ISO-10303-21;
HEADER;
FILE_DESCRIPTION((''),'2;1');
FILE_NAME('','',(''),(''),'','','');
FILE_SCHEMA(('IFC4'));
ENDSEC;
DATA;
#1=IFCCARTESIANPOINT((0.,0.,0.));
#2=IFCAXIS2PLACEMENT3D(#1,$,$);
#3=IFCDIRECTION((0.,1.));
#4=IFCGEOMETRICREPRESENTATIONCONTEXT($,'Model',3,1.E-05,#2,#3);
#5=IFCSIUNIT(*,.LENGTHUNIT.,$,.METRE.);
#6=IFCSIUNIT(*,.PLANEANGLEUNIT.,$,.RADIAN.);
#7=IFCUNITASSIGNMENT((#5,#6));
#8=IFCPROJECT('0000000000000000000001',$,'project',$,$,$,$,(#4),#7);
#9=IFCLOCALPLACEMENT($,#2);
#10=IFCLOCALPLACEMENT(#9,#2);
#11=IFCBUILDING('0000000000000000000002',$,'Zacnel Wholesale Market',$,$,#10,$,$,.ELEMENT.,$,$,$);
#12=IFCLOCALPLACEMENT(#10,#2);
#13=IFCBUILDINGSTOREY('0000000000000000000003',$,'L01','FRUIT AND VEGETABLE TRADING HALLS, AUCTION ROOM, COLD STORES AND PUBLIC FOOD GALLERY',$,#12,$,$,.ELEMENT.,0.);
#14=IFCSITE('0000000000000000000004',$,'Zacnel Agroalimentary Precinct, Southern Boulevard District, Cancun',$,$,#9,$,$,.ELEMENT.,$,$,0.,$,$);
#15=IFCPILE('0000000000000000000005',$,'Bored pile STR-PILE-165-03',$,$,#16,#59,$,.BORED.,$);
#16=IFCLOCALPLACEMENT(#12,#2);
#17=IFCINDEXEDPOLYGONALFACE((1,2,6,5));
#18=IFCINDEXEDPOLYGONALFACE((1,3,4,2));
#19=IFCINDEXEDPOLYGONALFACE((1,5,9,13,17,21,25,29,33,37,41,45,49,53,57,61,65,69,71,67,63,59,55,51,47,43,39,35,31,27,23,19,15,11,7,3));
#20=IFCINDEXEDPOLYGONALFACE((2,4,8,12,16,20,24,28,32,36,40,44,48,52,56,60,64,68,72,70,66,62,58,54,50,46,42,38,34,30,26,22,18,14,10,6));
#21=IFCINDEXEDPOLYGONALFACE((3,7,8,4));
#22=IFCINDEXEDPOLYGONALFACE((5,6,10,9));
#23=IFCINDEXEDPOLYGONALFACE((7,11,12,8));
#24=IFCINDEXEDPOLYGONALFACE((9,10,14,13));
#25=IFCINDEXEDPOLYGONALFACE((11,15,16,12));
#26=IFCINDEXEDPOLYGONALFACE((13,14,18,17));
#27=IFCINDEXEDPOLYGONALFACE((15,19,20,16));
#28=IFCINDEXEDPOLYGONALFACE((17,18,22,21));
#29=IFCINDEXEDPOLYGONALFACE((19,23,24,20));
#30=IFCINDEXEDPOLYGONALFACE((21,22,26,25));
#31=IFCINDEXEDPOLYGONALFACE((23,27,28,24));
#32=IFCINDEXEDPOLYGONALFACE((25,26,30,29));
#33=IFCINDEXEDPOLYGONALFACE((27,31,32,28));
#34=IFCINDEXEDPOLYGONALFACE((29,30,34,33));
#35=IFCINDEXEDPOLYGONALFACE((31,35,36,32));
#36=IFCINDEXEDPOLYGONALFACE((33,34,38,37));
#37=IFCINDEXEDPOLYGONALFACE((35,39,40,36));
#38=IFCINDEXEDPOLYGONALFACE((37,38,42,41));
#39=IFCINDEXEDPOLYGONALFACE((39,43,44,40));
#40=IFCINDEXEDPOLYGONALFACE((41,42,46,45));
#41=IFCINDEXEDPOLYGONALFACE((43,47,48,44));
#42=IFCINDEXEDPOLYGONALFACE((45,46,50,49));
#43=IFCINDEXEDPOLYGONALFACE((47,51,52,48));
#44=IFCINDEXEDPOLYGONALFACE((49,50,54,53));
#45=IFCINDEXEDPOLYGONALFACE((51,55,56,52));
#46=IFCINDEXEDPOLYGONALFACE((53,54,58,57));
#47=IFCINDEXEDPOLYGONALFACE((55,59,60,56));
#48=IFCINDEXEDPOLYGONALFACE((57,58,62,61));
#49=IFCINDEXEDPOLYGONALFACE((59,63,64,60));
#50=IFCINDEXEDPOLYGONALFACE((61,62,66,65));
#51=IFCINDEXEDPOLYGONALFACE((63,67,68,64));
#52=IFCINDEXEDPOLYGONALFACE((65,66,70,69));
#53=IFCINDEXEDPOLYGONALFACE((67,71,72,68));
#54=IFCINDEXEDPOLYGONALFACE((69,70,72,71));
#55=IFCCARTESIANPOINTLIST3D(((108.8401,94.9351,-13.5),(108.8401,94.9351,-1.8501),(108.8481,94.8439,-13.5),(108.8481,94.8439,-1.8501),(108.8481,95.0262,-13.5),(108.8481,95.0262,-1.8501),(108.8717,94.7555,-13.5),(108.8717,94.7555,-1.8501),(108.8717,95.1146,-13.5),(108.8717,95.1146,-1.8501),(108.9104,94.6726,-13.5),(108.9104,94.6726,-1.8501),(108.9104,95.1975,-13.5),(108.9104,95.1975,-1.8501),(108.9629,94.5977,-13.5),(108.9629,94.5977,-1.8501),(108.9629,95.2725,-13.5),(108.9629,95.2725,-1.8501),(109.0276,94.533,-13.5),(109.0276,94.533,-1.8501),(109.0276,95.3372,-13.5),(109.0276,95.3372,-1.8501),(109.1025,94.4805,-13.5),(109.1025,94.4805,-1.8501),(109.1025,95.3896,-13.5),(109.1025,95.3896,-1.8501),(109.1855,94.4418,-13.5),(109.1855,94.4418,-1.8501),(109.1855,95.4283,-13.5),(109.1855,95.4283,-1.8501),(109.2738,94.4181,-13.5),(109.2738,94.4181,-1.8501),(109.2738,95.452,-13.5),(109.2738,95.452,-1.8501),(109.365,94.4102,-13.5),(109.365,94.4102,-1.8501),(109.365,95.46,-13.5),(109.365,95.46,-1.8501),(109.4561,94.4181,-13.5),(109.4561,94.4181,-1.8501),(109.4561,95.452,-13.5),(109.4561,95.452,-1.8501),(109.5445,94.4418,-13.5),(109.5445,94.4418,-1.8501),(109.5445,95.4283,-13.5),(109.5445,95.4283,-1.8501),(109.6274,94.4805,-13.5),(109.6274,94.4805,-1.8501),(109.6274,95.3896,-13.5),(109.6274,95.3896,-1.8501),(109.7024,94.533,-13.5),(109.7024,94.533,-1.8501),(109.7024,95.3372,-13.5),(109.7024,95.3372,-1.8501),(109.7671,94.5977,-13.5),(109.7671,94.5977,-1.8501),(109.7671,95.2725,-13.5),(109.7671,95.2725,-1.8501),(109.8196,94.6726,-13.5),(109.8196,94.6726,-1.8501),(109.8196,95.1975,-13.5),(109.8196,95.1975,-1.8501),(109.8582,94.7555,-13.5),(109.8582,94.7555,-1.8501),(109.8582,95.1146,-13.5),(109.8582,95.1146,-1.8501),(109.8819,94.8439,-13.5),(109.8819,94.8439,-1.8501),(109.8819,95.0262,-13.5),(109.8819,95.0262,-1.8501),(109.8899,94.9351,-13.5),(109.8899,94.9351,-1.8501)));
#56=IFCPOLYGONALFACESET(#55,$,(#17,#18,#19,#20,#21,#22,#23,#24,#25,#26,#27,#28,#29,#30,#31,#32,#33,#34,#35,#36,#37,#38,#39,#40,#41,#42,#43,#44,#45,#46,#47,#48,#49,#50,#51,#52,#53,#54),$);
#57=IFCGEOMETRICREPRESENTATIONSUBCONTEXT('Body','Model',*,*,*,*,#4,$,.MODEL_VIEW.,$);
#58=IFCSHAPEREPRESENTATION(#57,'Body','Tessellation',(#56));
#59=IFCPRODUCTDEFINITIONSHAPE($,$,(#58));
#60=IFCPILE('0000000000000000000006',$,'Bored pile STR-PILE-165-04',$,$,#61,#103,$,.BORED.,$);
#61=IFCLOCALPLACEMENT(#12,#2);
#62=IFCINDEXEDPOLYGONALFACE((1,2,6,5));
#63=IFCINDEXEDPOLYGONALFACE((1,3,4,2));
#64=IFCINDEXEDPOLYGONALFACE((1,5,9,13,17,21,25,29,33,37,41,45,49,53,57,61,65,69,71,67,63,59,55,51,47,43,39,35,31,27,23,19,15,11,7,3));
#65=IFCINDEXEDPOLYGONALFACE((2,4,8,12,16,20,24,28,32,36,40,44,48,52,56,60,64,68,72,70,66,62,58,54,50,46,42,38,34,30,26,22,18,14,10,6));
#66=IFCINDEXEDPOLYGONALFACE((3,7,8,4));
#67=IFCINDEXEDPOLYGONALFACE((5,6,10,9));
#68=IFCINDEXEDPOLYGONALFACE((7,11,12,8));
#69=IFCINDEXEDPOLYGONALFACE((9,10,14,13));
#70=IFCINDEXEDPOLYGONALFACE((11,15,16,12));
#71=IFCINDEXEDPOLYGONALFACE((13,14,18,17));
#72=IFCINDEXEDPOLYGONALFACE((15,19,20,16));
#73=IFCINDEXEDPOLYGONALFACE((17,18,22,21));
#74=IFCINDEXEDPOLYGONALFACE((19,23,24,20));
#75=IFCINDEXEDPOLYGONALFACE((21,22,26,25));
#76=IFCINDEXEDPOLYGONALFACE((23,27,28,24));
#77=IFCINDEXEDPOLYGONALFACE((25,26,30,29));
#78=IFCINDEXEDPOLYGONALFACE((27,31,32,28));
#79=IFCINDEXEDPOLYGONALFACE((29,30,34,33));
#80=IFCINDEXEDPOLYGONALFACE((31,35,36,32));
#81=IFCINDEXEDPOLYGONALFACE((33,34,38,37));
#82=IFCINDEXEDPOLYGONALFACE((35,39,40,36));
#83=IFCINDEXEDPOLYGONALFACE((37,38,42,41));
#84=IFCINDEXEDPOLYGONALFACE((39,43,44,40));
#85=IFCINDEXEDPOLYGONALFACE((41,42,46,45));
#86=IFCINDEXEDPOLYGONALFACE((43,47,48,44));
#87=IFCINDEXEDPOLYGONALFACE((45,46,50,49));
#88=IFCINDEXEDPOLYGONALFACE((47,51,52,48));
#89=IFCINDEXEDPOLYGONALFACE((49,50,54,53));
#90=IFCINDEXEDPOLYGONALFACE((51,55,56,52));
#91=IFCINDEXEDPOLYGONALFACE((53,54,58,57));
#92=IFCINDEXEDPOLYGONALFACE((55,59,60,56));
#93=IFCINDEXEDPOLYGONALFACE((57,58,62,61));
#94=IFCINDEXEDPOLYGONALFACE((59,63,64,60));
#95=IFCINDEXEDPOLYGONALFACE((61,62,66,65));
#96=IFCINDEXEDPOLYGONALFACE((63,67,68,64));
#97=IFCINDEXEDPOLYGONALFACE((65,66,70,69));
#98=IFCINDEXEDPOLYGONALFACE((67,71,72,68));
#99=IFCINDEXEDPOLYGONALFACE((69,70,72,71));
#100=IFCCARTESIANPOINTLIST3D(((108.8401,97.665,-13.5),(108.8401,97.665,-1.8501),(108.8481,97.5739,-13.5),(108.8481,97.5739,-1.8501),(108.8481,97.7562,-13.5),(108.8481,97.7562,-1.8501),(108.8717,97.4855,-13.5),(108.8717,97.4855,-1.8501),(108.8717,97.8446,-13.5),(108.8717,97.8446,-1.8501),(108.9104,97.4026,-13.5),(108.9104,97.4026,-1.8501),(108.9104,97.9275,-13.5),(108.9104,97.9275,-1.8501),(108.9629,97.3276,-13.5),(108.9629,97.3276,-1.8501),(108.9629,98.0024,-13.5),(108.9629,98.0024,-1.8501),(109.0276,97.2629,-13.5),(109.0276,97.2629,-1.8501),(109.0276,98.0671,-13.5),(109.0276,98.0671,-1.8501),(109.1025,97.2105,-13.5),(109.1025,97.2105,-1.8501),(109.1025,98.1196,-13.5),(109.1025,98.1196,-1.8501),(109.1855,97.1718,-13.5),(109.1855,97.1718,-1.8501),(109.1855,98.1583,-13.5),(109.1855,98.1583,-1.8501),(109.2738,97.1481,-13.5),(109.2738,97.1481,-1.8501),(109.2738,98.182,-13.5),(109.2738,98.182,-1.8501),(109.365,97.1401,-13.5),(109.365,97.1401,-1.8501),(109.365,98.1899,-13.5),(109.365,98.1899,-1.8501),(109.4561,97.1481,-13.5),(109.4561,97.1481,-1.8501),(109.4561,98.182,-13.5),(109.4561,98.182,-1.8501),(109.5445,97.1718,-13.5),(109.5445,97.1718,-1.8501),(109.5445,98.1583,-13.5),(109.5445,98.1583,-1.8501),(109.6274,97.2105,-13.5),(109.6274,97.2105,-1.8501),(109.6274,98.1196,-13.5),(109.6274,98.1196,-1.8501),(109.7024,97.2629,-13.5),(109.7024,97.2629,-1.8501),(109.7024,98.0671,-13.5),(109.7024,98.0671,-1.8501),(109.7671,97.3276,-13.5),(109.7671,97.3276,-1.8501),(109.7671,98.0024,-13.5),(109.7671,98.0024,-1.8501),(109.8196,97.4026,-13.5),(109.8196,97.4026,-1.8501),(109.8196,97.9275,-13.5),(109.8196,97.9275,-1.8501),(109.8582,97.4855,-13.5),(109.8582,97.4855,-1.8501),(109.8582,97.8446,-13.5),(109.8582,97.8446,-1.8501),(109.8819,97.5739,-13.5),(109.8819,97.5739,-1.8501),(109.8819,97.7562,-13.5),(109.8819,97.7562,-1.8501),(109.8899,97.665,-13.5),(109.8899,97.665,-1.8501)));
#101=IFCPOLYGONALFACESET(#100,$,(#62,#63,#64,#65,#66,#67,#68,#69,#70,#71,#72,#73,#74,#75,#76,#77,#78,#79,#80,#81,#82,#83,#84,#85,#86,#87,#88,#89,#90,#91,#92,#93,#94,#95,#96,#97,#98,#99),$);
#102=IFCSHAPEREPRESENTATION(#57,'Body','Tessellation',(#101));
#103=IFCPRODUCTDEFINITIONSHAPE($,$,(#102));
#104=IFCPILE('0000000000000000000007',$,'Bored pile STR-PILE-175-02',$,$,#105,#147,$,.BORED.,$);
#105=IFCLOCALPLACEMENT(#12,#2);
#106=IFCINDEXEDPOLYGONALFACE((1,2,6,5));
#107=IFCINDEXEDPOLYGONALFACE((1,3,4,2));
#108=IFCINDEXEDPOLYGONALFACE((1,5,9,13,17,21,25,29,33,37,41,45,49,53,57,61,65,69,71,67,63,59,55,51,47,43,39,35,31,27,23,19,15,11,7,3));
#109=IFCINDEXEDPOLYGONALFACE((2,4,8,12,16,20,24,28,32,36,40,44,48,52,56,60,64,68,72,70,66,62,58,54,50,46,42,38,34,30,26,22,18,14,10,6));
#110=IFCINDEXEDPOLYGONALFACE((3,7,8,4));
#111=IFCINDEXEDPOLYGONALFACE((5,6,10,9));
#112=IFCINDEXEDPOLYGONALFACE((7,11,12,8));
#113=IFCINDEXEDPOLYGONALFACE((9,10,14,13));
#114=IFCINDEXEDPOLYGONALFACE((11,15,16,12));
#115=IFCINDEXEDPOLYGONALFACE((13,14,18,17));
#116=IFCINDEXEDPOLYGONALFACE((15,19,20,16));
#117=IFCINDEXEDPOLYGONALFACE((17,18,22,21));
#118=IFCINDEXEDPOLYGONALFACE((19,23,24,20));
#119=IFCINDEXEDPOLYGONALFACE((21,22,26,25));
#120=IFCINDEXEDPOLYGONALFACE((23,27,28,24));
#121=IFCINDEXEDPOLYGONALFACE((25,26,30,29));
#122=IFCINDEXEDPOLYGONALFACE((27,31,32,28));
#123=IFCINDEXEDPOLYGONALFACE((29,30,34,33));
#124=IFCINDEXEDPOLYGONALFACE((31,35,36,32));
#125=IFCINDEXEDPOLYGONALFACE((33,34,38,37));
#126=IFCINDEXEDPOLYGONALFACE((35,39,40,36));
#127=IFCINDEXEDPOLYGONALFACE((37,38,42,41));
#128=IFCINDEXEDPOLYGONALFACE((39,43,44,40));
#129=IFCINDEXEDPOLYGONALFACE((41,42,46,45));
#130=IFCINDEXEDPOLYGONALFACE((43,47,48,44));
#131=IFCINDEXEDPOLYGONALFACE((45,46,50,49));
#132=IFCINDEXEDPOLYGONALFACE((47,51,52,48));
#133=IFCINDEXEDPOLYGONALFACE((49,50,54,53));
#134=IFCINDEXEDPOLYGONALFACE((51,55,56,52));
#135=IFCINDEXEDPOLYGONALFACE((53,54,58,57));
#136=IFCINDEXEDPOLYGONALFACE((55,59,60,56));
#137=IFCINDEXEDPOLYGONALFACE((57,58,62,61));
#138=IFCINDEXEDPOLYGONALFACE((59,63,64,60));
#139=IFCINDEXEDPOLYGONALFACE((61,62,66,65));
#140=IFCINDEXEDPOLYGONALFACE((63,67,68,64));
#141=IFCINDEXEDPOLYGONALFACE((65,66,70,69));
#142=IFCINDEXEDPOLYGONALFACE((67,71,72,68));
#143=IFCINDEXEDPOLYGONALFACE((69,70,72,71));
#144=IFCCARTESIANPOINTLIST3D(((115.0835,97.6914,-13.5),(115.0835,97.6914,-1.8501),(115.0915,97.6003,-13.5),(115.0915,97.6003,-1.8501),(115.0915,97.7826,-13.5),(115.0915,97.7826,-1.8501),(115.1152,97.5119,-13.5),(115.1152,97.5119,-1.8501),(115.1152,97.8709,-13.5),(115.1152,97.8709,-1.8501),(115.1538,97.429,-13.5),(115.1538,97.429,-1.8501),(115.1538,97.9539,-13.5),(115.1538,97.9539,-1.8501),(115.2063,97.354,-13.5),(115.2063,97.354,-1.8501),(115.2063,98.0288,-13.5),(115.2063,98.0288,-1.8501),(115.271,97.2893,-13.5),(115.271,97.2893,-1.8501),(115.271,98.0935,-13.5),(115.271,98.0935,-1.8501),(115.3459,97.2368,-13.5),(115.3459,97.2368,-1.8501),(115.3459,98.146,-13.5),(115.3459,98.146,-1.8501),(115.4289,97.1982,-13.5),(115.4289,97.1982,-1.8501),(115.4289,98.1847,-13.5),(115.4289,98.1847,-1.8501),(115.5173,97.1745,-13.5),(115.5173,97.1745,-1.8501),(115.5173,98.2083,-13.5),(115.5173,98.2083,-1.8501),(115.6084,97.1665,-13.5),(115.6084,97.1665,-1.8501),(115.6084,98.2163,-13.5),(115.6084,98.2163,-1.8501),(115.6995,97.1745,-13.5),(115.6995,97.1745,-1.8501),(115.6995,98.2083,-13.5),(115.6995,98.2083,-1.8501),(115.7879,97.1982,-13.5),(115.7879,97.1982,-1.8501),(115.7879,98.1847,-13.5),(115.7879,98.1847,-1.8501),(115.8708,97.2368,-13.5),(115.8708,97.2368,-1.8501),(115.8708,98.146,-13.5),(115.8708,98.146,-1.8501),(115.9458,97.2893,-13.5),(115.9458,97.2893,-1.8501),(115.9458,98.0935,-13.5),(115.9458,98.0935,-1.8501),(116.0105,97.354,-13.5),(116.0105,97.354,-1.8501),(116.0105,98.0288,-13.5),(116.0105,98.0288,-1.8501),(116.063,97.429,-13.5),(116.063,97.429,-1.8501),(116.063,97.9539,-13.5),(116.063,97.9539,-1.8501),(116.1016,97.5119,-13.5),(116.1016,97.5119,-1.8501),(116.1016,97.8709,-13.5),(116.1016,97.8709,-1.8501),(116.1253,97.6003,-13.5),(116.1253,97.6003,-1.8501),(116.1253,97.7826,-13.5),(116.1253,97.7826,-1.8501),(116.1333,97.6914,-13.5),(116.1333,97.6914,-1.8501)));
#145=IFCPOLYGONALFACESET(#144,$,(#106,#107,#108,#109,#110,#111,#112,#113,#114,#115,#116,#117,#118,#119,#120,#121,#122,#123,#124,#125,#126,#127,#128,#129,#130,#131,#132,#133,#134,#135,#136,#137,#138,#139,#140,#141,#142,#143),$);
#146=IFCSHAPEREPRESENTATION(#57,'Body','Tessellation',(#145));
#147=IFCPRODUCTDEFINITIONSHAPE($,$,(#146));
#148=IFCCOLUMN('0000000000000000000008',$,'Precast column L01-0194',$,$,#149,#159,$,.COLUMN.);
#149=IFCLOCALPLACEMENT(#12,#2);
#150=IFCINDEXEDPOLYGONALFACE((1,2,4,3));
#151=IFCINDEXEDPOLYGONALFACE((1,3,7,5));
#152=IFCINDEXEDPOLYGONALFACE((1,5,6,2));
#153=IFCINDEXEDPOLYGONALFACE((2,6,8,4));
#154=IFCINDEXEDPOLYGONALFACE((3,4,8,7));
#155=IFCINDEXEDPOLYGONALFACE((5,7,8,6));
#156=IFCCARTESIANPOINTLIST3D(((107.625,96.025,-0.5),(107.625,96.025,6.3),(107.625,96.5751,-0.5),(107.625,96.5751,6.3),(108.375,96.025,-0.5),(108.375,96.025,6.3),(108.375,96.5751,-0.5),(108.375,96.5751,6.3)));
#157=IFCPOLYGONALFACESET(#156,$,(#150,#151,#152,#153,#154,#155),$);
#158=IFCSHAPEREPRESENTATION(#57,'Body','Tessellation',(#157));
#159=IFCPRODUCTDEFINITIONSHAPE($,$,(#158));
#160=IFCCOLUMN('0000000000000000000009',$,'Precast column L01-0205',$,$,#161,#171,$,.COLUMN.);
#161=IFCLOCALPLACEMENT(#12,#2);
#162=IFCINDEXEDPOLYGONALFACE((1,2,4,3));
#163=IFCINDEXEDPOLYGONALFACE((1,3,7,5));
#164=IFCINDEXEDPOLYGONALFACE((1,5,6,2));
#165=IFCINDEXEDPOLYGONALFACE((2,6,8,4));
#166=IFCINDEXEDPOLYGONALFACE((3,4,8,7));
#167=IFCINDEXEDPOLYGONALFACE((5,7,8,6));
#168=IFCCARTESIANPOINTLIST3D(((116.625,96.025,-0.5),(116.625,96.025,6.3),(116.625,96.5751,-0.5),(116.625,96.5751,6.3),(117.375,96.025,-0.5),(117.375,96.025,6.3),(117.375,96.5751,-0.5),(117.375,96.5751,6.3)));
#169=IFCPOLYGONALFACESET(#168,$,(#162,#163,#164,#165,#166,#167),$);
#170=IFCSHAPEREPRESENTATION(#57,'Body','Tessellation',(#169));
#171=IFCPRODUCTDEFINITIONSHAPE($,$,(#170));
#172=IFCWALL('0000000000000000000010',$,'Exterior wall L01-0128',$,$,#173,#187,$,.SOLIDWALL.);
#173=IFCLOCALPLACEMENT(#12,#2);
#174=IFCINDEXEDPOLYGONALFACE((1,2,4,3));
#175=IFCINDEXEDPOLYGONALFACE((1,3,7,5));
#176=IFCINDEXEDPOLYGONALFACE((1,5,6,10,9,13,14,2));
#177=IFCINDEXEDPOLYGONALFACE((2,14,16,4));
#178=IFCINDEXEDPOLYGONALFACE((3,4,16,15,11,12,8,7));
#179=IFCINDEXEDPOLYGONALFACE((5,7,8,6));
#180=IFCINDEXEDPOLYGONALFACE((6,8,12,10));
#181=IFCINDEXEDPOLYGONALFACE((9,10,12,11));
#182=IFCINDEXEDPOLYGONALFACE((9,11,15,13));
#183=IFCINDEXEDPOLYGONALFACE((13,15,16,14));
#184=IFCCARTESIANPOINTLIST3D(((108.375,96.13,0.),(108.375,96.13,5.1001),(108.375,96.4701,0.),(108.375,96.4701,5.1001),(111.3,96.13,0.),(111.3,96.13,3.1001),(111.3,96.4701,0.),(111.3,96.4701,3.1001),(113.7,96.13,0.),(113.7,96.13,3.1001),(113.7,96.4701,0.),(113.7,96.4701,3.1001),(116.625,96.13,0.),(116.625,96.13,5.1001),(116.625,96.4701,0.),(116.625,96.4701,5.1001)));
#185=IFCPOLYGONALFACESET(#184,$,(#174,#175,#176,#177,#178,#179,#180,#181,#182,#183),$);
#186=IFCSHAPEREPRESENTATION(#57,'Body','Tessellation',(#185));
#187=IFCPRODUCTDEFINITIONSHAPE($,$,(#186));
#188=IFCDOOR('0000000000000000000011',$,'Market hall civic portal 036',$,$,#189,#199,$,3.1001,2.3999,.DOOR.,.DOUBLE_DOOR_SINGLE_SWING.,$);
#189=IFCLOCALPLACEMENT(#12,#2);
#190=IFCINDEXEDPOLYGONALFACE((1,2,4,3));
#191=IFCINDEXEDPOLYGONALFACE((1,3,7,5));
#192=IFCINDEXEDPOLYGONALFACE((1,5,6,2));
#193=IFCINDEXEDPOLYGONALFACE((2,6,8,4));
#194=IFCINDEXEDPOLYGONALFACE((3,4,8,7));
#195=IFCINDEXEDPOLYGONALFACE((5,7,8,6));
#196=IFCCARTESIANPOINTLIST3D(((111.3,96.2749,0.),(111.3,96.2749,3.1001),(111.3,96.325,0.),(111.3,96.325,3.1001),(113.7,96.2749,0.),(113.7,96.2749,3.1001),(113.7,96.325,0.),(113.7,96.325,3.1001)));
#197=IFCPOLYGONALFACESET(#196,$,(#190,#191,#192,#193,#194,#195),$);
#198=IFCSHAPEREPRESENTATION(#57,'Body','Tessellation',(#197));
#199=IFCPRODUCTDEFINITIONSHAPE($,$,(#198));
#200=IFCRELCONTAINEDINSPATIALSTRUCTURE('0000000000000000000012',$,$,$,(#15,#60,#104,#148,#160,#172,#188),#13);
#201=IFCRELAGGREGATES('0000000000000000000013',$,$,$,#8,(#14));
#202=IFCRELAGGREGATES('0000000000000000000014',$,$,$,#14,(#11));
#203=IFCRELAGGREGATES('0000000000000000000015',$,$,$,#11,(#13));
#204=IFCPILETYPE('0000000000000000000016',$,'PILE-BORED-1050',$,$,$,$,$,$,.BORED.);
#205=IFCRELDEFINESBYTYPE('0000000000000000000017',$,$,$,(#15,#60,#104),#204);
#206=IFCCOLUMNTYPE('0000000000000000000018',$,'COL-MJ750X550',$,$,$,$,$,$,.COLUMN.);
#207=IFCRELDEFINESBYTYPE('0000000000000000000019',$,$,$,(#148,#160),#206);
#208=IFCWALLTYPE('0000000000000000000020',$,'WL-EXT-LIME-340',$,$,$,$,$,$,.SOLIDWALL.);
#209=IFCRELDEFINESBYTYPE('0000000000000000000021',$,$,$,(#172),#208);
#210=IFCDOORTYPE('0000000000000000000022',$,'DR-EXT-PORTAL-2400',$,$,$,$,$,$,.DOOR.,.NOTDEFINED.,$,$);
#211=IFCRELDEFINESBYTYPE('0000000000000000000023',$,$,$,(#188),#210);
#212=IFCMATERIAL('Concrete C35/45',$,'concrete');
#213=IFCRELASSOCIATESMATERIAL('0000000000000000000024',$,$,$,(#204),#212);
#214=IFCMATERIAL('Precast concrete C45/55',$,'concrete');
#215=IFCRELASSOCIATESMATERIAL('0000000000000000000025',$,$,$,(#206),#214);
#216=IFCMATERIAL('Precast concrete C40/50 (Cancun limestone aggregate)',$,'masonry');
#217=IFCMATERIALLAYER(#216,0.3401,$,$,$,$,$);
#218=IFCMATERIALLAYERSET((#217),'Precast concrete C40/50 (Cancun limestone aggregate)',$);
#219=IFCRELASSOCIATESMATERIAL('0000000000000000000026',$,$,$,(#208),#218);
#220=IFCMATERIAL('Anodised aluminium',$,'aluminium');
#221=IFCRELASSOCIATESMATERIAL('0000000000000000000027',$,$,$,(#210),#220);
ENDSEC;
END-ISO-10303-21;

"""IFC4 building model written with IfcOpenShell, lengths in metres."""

from ifc_helpers import new_model, si_unit, direction, frame, frame_2d, origin, origin_2d, place, context, subcontext, project, spatial, rectangle, circle, extrude, material, layer, layer_set, material_profile, profile_set, type_object, element, fill, save


model = new_model("IFC4")

# Units and contexts
model_context = context("Model", 3, precision=1e-05, world=origin(), true_north=direction((0.0, 1.0)))
body_context = subcontext(model_context, "Body", "Model", "MODEL_VIEW")
ifc_project = project(units=[si_unit("LENGTHUNIT", "METRE"), si_unit("PLANEANGLEUNIT", "RADIAN")], contexts=[model_context])

# Site, building, storey
site_placement = place(None, origin())
site = spatial("IfcSite", under=ifc_project, at=site_placement, Name="Zacnel Agroalimentary Precinct, Southern Boulevard District, Cancun", CompositionType="ELEMENT", RefElevation=0.0)
building_placement = place(site_placement, origin())
building = spatial("IfcBuilding", under=site, at=building_placement, Name="Zacnel Wholesale Market", CompositionType="ELEMENT")
storey_placement = place(building_placement, origin())
storey = spatial("IfcBuildingStorey", under=building, at=storey_placement, Name="L01", Description="FRUIT AND VEGETABLE TRADING HALLS, AUCTION ROOM, COLD STORES AND PUBLIC FOOD GALLERY", CompositionType="ELEMENT", Elevation=0.0)

# Piles
ifc_material_1 = material(Name="Concrete C35/45", Category="concrete")
ifc_material_profile_1 = material_profile(ifc_material_1, circle(Radius=0.5249, at=origin_2d()), Name="BORED PILE D1050")
ifc_profile_set_1 = profile_set([ifc_material_profile_1], Name="Concrete C35/45")
pile_type = type_object("IfcPileType", Name="PILE-BORED-1050", PredefinedType="BORED", material=ifc_profile_set_1)
for number, where, z_axis, x_axis, name in (
    (1, (109.365, 94.9351, -1.8501), (0.0, 0.0, -1.0), (1.0, 0.0, 0.0), "Bored pile STR-PILE-165-03"),
    (2, (109.365, 97.665, -1.8501), (0.0, 0.0, -1.0), (1.0, 0.0, 0.0), "Bored pile STR-PILE-165-04"),
    (3, (115.6084, 97.6914, -1.8501), (0.0, 0.0, -1.0), (1.0, 0.0, 0.0), "Bored pile STR-PILE-175-02"),
):
    element("IfcPile", number, at=place(storey_placement, frame(where, z_axis=z_axis, x_axis=x_axis)), inside=storey, type_object=pile_type, Name=name, PredefinedType="BORED", context=body_context, shape_type="SweptSolid", body=[
        extrude(circle(Radius=0.5249, at=origin_2d()), origin(), (0.0, 0.0, 1.0), 11.6499),
    ])

# Columns
ifc_material_2 = material(Name="Precast concrete C45/55", Category="concrete")
ifc_material_profile_2 = material_profile(ifc_material_2, rectangle(XDim=0.75, YDim=0.55, at=origin_2d()), Name="PC 750x550")
ifc_profile_set_2 = profile_set([ifc_material_profile_2], Name="Precast concrete C45/55")
column_type = type_object("IfcColumnType", Name="COL-MJ750X550", PredefinedType="COLUMN", material=ifc_profile_set_2)
for number, where, z_axis, x_axis, name in (
    (4, (108.0, 96.3, -0.5), (0.0, 0.0, 1.0), (1.0, 0.0, 0.0), "Precast column L01-0194"),
    (5, (117.0, 96.3, -0.5), (0.0, 0.0, 1.0), (1.0, 0.0, 0.0), "Precast column L01-0205"),
):
    element("IfcColumn", number, at=place(storey_placement, frame(where, z_axis=z_axis, x_axis=x_axis)), inside=storey, type_object=column_type, Name=name, PredefinedType="COLUMN", context=body_context, shape_type="SweptSolid", body=[
        extrude(rectangle(XDim=0.75, YDim=0.55, at=origin_2d()), origin(), (0.0, 0.0, 1.0), 6.8),
    ])

# Wall, opening, door
ifc_material_3 = material(Name="Precast concrete C40/50 (Cancun limestone aggregate)", Category="masonry")
ifc_layer_1 = layer(ifc_material_3, 0.3401)
ifc_layer_set_1 = layer_set([ifc_layer_1], Name="Precast concrete C40/50 (Cancun limestone aggregate)")
wall_type = type_object("IfcWallType", Name="WL-EXT-LIME-340", PredefinedType="SOLIDWALL", material=ifc_layer_set_1)
wall_placement = place(storey_placement, frame((108.375, 96.3, 0.0), z_axis=(0.0, 0.0, 1.0), x_axis=(1.0, 0.0, 0.0)))
wall = element("IfcWall", 6, at=wall_placement, inside=storey, type_object=wall_type, Name="Exterior wall L01-0128", PredefinedType="SOLIDWALL", context=body_context, shape_type="SweptSolid", body=[
    extrude(rectangle(XDim=8.25, YDim=0.3401, at=frame_2d((4.125, 0.0))), origin(), (0.0, 0.0, 1.0), 5.1001),
])
opening_placement = place(wall_placement, frame((2.925, 0.0, 0.0)))
opening = element("IfcOpeningElement", 7, at=opening_placement, cuts=wall, PredefinedType="OPENING", context=body_context, shape_type="SweptSolid", body=[
    extrude(rectangle(XDim=2.3999, YDim=3.1001, at=frame_2d((1.2, 1.55))), frame((0.0, 0.1799, 0.0), z_axis=(0.0, -1.0, 0.0), x_axis=(1.0, 0.0, 0.0)), (0.0, 0.0, 1.0), 0.3601),
])
ifc_material_4 = material(Name="Anodised aluminium", Category="aluminium")
door_type = type_object("IfcDoorType", Name="DR-EXT-PORTAL-2400", OperationType="NOTDEFINED", PredefinedType="DOOR", material=ifc_material_4)
door_placement = place(opening_placement, origin())
door = element("IfcDoor", 8, at=door_placement, inside=storey, type_object=door_type, Name="Market hall civic portal 036", OperationType="DOUBLE_DOOR_SINGLE_SWING", OverallHeight=3.1001, OverallWidth=2.3999, PredefinedType="DOOR", context=body_context, shape_type="SweptSolid", body=[
    extrude(rectangle(XDim=2.3999, YDim=3.1001, at=frame_2d((1.2, 1.55))), frame((0.0, 0.0249, 0.0), z_axis=(0.0, -1.0, 0.0), x_axis=(1.0, 0.0, 0.0)), (0.0, 0.0, 1.0), 0.05),
])
fill(opening, door)

save(model, "model.ifc")
